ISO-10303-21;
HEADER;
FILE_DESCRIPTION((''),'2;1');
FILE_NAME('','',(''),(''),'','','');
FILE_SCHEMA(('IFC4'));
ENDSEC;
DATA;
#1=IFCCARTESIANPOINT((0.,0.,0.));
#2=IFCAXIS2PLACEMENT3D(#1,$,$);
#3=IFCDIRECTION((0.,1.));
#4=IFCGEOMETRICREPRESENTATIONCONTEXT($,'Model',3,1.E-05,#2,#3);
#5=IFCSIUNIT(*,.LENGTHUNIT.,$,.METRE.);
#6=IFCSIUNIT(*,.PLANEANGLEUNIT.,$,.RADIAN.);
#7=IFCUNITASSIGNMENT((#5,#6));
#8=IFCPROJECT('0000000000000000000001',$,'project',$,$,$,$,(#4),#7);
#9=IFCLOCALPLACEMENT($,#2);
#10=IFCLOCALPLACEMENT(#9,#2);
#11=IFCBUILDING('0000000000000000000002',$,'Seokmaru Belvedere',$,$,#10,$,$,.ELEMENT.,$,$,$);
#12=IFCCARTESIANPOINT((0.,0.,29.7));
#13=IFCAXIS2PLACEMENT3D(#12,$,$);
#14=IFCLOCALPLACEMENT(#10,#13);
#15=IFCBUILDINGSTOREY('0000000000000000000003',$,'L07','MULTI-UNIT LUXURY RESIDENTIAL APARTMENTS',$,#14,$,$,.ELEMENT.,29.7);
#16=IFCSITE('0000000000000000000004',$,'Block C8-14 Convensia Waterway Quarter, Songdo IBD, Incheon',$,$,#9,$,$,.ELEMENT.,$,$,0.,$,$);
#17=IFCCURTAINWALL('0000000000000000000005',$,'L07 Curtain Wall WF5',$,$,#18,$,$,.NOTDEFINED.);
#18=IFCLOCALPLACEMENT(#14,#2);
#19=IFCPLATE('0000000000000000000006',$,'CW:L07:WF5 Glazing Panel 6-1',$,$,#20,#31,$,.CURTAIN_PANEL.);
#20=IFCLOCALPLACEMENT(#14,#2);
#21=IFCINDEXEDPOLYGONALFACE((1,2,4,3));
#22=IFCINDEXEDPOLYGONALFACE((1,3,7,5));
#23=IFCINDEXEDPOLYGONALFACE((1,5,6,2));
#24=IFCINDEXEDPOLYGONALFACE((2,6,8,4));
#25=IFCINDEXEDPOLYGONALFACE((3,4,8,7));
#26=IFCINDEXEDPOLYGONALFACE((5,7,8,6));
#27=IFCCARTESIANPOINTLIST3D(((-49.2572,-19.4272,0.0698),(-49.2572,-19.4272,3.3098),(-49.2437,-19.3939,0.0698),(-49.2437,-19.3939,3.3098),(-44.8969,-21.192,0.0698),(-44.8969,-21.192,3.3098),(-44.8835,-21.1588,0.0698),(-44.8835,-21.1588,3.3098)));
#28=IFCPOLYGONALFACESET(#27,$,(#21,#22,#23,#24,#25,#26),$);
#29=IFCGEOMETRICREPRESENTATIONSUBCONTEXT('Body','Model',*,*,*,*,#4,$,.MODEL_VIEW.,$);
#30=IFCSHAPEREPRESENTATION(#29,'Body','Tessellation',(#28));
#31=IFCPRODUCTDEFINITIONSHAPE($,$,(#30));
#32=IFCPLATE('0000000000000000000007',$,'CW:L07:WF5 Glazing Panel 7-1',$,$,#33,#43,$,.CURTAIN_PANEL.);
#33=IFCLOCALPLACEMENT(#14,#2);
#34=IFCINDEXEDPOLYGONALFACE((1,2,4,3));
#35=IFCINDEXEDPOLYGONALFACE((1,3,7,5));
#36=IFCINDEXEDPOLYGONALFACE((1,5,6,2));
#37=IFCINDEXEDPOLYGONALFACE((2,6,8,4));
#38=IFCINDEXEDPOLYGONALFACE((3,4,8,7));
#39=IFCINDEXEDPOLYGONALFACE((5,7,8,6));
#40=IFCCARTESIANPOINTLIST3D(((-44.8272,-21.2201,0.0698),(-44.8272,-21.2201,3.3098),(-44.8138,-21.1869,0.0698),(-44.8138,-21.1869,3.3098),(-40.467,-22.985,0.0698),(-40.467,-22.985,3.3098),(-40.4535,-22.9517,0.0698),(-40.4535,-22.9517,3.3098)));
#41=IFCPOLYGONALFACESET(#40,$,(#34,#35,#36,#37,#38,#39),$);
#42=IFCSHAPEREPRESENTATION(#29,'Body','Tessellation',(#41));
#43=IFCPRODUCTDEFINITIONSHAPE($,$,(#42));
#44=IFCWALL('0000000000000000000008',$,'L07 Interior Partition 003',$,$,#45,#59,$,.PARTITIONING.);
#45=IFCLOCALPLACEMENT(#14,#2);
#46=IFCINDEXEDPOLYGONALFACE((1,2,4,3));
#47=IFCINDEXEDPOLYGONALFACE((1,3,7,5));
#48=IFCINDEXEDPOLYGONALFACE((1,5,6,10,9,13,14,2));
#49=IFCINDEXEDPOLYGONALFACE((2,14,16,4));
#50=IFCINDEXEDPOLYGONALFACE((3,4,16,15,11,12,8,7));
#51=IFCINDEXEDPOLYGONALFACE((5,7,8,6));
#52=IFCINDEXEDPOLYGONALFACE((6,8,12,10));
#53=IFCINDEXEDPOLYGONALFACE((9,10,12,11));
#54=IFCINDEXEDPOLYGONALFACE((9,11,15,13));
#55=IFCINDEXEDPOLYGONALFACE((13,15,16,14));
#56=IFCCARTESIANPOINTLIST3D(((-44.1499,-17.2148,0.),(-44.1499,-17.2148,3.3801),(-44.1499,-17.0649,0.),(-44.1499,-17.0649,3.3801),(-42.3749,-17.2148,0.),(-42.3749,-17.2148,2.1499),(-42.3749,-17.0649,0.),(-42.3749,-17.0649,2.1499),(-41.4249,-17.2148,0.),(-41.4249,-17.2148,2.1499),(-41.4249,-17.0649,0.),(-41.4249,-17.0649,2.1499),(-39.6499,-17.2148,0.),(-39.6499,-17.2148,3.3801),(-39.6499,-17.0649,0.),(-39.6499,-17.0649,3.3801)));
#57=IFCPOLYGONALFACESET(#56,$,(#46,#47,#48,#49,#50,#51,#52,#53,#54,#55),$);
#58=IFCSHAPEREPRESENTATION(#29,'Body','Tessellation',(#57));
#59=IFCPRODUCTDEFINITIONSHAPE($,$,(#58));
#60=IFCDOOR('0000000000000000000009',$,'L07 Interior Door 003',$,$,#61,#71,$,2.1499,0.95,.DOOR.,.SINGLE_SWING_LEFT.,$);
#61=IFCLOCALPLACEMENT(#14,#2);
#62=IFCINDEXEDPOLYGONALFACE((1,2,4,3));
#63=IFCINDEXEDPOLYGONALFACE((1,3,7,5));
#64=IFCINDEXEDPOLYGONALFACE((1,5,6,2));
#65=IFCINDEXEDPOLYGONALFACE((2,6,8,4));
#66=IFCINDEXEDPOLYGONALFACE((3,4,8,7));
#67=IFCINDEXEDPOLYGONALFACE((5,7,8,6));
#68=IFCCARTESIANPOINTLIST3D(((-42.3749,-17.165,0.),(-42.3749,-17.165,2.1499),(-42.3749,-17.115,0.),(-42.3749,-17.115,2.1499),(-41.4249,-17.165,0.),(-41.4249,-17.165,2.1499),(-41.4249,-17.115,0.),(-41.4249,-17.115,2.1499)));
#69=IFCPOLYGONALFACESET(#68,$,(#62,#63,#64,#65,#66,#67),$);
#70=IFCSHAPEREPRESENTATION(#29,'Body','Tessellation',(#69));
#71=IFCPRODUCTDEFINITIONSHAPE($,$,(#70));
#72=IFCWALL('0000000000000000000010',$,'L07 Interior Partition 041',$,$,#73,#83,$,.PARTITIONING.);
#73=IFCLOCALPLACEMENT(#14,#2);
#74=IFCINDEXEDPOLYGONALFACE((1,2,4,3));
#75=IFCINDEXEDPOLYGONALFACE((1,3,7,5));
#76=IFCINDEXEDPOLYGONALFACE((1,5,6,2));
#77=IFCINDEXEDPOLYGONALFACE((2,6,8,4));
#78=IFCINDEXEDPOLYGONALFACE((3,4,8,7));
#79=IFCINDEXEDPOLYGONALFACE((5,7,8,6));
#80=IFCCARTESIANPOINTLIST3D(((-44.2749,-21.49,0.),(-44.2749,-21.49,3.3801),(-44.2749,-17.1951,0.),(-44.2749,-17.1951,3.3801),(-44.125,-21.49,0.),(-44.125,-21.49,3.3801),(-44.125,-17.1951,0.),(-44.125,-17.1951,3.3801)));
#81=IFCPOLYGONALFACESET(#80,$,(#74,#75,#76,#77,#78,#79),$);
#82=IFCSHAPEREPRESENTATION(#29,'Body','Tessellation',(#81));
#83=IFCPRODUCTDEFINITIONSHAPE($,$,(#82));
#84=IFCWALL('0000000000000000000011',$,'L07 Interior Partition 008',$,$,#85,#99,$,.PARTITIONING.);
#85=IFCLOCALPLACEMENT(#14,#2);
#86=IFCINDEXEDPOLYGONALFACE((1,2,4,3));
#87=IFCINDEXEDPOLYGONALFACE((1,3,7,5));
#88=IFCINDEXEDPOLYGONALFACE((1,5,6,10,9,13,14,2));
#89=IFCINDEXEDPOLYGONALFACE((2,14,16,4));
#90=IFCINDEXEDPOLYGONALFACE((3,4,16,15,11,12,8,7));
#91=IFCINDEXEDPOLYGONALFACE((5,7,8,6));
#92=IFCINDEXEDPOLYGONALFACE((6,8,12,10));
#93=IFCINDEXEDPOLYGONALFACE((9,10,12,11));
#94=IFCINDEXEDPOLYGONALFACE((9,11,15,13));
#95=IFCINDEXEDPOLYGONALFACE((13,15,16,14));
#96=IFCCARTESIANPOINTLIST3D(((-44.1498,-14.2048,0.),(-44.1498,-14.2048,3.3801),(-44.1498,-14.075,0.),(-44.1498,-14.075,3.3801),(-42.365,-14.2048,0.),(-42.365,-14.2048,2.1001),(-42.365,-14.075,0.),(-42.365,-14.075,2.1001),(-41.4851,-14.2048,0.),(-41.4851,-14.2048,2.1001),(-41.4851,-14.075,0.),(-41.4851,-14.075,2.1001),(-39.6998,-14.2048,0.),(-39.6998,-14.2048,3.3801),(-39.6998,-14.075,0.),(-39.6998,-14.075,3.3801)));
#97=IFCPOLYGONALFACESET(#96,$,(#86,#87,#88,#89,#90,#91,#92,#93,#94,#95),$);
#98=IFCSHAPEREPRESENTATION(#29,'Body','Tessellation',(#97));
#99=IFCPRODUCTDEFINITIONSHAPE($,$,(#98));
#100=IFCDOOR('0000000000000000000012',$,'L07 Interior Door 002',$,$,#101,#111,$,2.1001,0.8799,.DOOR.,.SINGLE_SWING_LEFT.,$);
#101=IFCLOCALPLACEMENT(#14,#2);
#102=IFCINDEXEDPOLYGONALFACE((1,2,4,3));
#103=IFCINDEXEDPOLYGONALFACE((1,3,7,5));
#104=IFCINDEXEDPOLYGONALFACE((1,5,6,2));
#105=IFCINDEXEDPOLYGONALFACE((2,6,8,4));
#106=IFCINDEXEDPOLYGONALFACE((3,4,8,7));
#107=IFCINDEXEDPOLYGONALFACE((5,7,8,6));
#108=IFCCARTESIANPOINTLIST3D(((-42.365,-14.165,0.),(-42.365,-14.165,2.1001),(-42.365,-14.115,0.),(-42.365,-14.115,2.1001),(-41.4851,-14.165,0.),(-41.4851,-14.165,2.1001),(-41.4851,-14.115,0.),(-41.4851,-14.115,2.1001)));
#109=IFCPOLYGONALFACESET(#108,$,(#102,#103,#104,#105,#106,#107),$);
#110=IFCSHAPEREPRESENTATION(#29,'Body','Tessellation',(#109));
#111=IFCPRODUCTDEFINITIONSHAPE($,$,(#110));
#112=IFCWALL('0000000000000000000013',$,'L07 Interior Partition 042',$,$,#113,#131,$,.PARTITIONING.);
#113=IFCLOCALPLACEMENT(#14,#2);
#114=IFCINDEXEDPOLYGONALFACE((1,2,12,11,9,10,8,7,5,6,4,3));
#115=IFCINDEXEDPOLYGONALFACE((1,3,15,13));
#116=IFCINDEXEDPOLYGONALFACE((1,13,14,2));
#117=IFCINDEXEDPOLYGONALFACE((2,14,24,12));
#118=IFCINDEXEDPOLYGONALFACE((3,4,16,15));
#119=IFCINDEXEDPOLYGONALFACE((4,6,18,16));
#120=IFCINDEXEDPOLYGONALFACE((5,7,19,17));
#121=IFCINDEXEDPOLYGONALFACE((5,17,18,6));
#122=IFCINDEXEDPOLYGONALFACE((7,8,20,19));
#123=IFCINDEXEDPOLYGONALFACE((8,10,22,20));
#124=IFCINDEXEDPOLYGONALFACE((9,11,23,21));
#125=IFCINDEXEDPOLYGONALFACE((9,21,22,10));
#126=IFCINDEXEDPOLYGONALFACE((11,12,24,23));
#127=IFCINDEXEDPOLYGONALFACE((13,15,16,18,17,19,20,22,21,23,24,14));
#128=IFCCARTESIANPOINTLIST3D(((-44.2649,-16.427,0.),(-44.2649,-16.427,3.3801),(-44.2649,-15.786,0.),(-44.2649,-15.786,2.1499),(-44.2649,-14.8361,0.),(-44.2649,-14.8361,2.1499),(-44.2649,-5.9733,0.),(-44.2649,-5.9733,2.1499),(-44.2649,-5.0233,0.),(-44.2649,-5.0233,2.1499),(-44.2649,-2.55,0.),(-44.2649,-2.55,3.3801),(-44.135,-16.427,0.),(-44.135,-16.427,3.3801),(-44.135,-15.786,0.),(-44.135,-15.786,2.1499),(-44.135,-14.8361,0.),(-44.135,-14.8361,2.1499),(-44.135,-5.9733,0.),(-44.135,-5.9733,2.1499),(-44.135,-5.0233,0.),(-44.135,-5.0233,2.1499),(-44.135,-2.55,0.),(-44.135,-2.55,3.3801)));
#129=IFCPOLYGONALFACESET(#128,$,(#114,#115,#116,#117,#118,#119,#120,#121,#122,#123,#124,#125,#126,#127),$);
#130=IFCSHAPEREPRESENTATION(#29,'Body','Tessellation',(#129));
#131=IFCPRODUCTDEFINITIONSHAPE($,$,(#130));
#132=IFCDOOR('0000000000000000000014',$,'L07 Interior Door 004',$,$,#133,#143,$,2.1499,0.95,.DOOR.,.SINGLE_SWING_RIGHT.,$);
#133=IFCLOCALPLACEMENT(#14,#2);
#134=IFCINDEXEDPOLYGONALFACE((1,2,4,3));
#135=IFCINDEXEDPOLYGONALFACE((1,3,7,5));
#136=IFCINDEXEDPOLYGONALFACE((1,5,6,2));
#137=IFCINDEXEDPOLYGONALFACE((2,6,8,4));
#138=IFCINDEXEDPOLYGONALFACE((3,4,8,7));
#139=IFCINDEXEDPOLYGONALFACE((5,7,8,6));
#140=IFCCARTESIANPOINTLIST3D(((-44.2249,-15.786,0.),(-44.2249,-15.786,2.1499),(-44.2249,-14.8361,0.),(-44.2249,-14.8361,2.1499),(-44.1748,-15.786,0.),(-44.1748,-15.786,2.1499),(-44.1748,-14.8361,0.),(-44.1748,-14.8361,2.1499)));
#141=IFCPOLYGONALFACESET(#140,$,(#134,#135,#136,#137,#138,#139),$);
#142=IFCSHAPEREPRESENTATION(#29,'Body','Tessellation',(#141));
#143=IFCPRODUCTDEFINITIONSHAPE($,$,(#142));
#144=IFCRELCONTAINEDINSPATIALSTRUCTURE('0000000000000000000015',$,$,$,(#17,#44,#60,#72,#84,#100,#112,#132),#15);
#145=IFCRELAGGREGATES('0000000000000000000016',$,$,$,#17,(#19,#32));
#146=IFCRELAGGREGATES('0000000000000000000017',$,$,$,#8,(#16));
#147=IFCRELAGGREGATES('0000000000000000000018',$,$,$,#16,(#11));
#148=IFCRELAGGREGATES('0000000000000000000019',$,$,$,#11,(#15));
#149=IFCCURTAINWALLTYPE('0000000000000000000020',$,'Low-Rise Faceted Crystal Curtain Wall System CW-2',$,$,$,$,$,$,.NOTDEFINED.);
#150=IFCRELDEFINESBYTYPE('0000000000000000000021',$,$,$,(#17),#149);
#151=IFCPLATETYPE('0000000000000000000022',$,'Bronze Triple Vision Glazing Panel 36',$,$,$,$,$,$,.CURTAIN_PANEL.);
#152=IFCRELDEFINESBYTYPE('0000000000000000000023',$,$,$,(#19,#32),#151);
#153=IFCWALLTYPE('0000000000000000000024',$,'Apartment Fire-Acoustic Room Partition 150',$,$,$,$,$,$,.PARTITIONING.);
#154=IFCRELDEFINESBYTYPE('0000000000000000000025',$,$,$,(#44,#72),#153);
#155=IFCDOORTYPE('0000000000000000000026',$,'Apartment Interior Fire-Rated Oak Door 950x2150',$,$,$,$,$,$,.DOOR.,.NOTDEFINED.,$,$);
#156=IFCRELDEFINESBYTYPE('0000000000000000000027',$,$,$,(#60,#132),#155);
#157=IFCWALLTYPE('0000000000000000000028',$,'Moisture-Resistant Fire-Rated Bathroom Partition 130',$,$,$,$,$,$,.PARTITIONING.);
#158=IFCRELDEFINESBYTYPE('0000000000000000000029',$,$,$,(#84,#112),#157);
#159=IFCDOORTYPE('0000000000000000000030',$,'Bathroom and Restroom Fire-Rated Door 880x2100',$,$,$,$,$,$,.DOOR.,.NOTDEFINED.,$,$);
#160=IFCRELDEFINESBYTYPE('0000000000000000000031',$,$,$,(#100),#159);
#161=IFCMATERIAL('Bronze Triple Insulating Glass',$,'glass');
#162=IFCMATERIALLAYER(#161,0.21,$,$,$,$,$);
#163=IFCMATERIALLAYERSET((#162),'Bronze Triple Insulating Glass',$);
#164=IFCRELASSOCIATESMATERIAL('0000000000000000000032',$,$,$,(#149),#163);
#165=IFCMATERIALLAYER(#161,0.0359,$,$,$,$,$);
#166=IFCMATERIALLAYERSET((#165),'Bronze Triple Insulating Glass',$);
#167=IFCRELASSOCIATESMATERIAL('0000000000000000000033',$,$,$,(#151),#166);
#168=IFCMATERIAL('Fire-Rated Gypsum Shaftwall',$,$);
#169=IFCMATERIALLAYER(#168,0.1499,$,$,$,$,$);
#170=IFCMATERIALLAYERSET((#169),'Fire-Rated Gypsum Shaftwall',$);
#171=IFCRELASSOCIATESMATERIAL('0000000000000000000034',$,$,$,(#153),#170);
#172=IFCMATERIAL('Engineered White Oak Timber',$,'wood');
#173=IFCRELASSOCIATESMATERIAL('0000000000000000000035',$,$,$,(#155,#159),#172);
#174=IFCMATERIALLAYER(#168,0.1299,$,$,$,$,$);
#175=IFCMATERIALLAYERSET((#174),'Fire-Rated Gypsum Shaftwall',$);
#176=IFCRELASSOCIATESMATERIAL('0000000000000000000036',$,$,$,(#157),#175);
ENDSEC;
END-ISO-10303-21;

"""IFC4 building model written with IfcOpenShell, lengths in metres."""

from ifc_helpers import new_model, si_unit, direction, frame, frame_2d, origin, origin_2d, place, context, subcontext, project, spatial, rectangle, extrude, source, transform, mapped, material, layer, layer_set, type_object, type_shapes, element, fill, aggregate, save


model = new_model("IFC4")

# Units and contexts
model_context = context("Model", 3, precision=1e-05, world=origin(), true_north=direction((0.0, 1.0)))
body_context = subcontext(model_context, "Body", "Model", "MODEL_VIEW")
ifc_project = project(units=[si_unit("LENGTHUNIT", "METRE"), si_unit("PLANEANGLEUNIT", "RADIAN")], contexts=[model_context])

# Site, building, storey
site_placement = place(None, origin())
site = spatial("IfcSite", under=ifc_project, at=site_placement, Name="Block C8-14 Convensia Waterway Quarter, Songdo IBD, Incheon", CompositionType="ELEMENT", RefElevation=0.0)
building_placement = place(site_placement, origin())
building = spatial("IfcBuilding", under=site, at=building_placement, Name="Seokmaru Belvedere", CompositionType="ELEMENT")
storey_placement = place(building_placement, frame((0.0, 0.0, 29.7)))
storey = spatial("IfcBuildingStorey", under=building, at=storey_placement, Name="L07", Description="MULTI-UNIT LUXURY RESIDENTIAL APARTMENTS", CompositionType="ELEMENT", Elevation=29.7)

# Curtain wall, plates
ifc_material_1 = material(Name="Bronze Triple Insulating Glass", Category="glass")
ifc_layer_1 = layer(ifc_material_1, 0.21)
ifc_layer_set_1 = layer_set([ifc_layer_1], Name="Bronze Triple Insulating Glass")
curtain_wall_type = type_object("IfcCurtainWallType", Name="Low-Rise Faceted Crystal Curtain Wall System CW-2", PredefinedType="NOTDEFINED", material=ifc_layer_set_1)
curtain_wall_placement = place(storey_placement, origin())
curtain_wall = element("IfcCurtainWall", 1, at=curtain_wall_placement, inside=storey, type_object=curtain_wall_type, Name="L07 Curtain Wall WF5", PredefinedType="NOTDEFINED")
ifc_layer_2 = layer(ifc_material_1, 0.0359)
ifc_layer_set_2 = layer_set([ifc_layer_2], Name="Bronze Triple Insulating Glass")
plate_type = type_object("IfcPlateType", Name="Bronze Triple Vision Glazing Panel 36", PredefinedType="CURTAIN_PANEL", material=ifc_layer_set_2)
shared_shape_1 = source(origin(), body_context, "Body", "SweptSolid", [
    extrude(rectangle(XDim=4.7039, YDim=0.0359, at=origin_2d()), origin(), (0.0, 0.0, 1.0), 3.24),
])
type_shapes(plate_type, [shared_shape_1])
plate_1_placement = place(storey_placement, frame((-47.0703, -20.293, 0.0698), z_axis=(0.0, 0.0, 1.0), x_axis=(0.926947, -0.375192, 0.0)))
plate_1 = element("IfcPlate", 2, at=plate_1_placement, type_object=plate_type, Name="CW:L07:WF5 Glazing Panel 6-1", PredefinedType="CURTAIN_PANEL", context=body_context, shape_type="MappedRepresentation", body=[
    mapped(shared_shape_1, transform((0.0, 0.0, 0.0), scale=1.0)),
])
plate_2_placement = place(storey_placement, frame((-42.6404, -22.0859, 0.0698), z_axis=(0.0, 0.0, 1.0), x_axis=(0.926947, -0.375192, 0.0)))
plate_2 = element("IfcPlate", 3, at=plate_2_placement, type_object=plate_type, Name="CW:L07:WF5 Glazing Panel 7-1", PredefinedType="CURTAIN_PANEL", context=body_context, shape_type="MappedRepresentation", body=[
    mapped(shared_shape_1, transform((0.0, 0.0, 0.0), scale=1.0)),
])
aggregate(curtain_wall, [plate_1, plate_2])

# Wall, opening, door
ifc_material_2 = material(Name="Fire-Rated Gypsum Shaftwall")
ifc_layer_3 = layer(ifc_material_2, 0.1499)
ifc_layer_set_3 = layer_set([ifc_layer_3], Name="Fire-Rated Gypsum Shaftwall")
wall_type_1 = type_object("IfcWallType", Name="Apartment Fire-Acoustic Room Partition 150", PredefinedType="PARTITIONING", material=ifc_layer_set_3)
wall_1_placement = place(storey_placement, frame((-44.1499, -17.1399, 0.0), z_axis=(0.0, 0.0, 1.0), x_axis=(1.0, 0.0, 0.0)))
wall_1 = element("IfcWall", 4, at=wall_1_placement, inside=storey, type_object=wall_type_1, Name="L07 Interior Partition 003", PredefinedType="PARTITIONING", context=body_context, shape_type="SweptSolid", body=[
    extrude(rectangle(XDim=4.5, YDim=0.1499, at=frame_2d((2.25, 0.0))), origin(), (0.0, 0.0, 1.0), 3.3801),
])
opening_1_placement = place(wall_1_placement, frame((1.7749, 0.0, 0.0)))
opening_1 = element("IfcOpeningElement", 5, at=opening_1_placement, cuts=wall_1, PredefinedType="OPENING", context=body_context, shape_type="SweptSolid", body=[
    extrude(rectangle(XDim=0.95, YDim=2.1499, at=frame_2d((0.4751, 1.075))), frame((0.0, 0.085, 0.0), z_axis=(0.0, -1.0, 0.0), x_axis=(1.0, 0.0, 0.0)), (0.0, 0.0, 1.0), 0.1699),
])
ifc_material_3 = material(Name="Engineered White Oak Timber", Category="wood")
door_type_1 = type_object("IfcDoorType", Name="Apartment Interior Fire-Rated Oak Door 950x2150", OperationType="NOTDEFINED", PredefinedType="DOOR", material=ifc_material_3)
shared_shape_2 = source(origin(), body_context, "Body", "SweptSolid", [
    extrude(rectangle(XDim=0.95, YDim=2.1499, at=frame_2d((0.4751, 1.075))), frame((0.0, 0.0249, 0.0), z_axis=(0.0, -1.0, 0.0), x_axis=(1.0, 0.0, 0.0)), (0.0, 0.0, 1.0), 0.05),
])
type_shapes(door_type_1, [shared_shape_2])
door_1_placement = place(opening_1_placement, origin())
door_1 = element("IfcDoor", 6, at=door_1_placement, inside=storey, type_object=door_type_1, Name="L07 Interior Door 003", OperationType="SINGLE_SWING_LEFT", OverallHeight=2.1499, OverallWidth=0.95, PredefinedType="DOOR", context=body_context, shape_type="MappedRepresentation", body=[
    mapped(shared_shape_2, transform((0.0, 0.0, 0.0), scale=1.0)),
])
fill(opening_1, door_1)

# Wall
wall_2_placement = place(storey_placement, frame((-44.2, -21.49, 0.0), z_axis=(0.0, 0.0, 1.0), x_axis=(0.0, 1.0, 0.0)))
element("IfcWall", 7, at=wall_2_placement, inside=storey, type_object=wall_type_1, Name="L07 Interior Partition 041", PredefinedType="PARTITIONING", context=body_context, shape_type="SweptSolid", body=[
    extrude(rectangle(XDim=4.2949, YDim=0.1499, at=frame_2d((2.1475, 0.0))), origin(), (0.0, 0.0, 1.0), 3.3801),
])

# Wall, opening, door
ifc_layer_4 = layer(ifc_material_2, 0.1299)
ifc_layer_set_4 = layer_set([ifc_layer_4], Name="Fire-Rated Gypsum Shaftwall")
wall_type_2 = type_object("IfcWallType", Name="Moisture-Resistant Fire-Rated Bathroom Partition 130", PredefinedType="PARTITIONING", material=ifc_layer_set_4)
wall_3_placement = place(storey_placement, frame((-44.1499, -14.1399, 0.0), z_axis=(0.0, 0.0, 1.0), x_axis=(1.0, 0.0, 0.0)))
wall_3 = element("IfcWall", 8, at=wall_3_placement, inside=storey, type_object=wall_type_2, Name="L07 Interior Partition 008", PredefinedType="PARTITIONING", context=body_context, shape_type="SweptSolid", body=[
    extrude(rectangle(XDim=4.45, YDim=0.1299, at=frame_2d((2.2251, 0.0))), origin(), (0.0, 0.0, 1.0), 3.3801),
])
opening_2_placement = place(wall_3_placement, frame((1.7849, 0.0, 0.0)))
opening_2 = element("IfcOpeningElement", 9, at=opening_2_placement, cuts=wall_3, PredefinedType="OPENING", context=body_context, shape_type="SweptSolid", body=[
    extrude(rectangle(XDim=0.8799, YDim=2.1001, at=frame_2d((0.4399, 1.05))), frame((0.0, 0.075, 0.0), z_axis=(0.0, -1.0, 0.0), x_axis=(1.0, 0.0, 0.0)), (0.0, 0.0, 1.0), 0.1499),
])
door_type_2 = type_object("IfcDoorType", Name="Bathroom and Restroom Fire-Rated Door 880x2100", OperationType="NOTDEFINED", PredefinedType="DOOR", material=ifc_material_3)
shared_shape_3 = source(origin(), body_context, "Body", "SweptSolid", [
    extrude(rectangle(XDim=0.8799, YDim=2.1001, at=frame_2d((0.4399, 1.05))), frame((0.0, 0.0249, 0.0), z_axis=(0.0, -1.0, 0.0), x_axis=(1.0, 0.0, 0.0)), (0.0, 0.0, 1.0), 0.05),
])
type_shapes(door_type_2, [shared_shape_3])
door_2_placement = place(opening_2_placement, origin())
door_2 = element("IfcDoor", 10, at=door_2_placement, inside=storey, type_object=door_type_2, Name="L07 Interior Door 002", OperationType="SINGLE_SWING_LEFT", OverallHeight=2.1001, OverallWidth=0.8799, PredefinedType="DOOR", context=body_context, shape_type="MappedRepresentation", body=[
    mapped(shared_shape_3, transform((0.0, 0.0, 0.0), scale=1.0)),
])
fill(opening_2, door_2)

# Wall, openings, door
wall_4_placement = place(storey_placement, frame((-44.2, -16.427, 0.0), z_axis=(0.0, 0.0, 1.0), x_axis=(0.0, 1.0, 0.0)))
wall_4 = element("IfcWall", 11, at=wall_4_placement, inside=storey, type_object=wall_type_2, Name="L07 Interior Partition 042", PredefinedType="PARTITIONING", context=body_context, shape_type="SweptSolid", body=[
    extrude(rectangle(XDim=13.877, YDim=0.1299, at=frame_2d((6.9385, 0.0))), origin(), (0.0, 0.0, 1.0), 3.3801),
])
opening_3_placement = place(wall_4_placement, frame((0.6409, 0.0, 0.0)))
opening_3 = element("IfcOpeningElement", 12, at=opening_3_placement, cuts=wall_4, PredefinedType="OPENING", context=body_context, shape_type="SweptSolid", body=[
    extrude(rectangle(XDim=0.95, YDim=2.1499, at=frame_2d((0.4751, 1.075))), frame((0.0, 0.075, 0.0), z_axis=(0.0, -1.0, 0.0), x_axis=(1.0, 0.0, 0.0)), (0.0, 0.0, 1.0), 0.1499),
])
opening_4_placement = place(wall_4_placement, frame((10.4536, 0.0, 0.0)))
element("IfcOpeningElement", 13, at=opening_4_placement, cuts=wall_4, PredefinedType="OPENING", context=body_context, shape_type="SweptSolid", body=[
    extrude(rectangle(XDim=0.95, YDim=2.1499, at=frame_2d((0.4751, 1.075))), frame((0.0, 0.075, 0.0), z_axis=(0.0, -1.0, 0.0), x_axis=(1.0, 0.0, 0.0)), (0.0, 0.0, 1.0), 0.1499),
])
door_3_placement = place(opening_3_placement, origin())
door_3 = element("IfcDoor", 14, at=door_3_placement, inside=storey, type_object=door_type_1, Name="L07 Interior Door 004", OperationType="SINGLE_SWING_RIGHT", OverallHeight=2.1499, OverallWidth=0.95, PredefinedType="DOOR", context=body_context, shape_type="MappedRepresentation", body=[
    mapped(shared_shape_2, transform((0.0, 0.0, 0.0), scale=1.0)),
])
fill(opening_3, door_3)

save(model, "model.ifc")
